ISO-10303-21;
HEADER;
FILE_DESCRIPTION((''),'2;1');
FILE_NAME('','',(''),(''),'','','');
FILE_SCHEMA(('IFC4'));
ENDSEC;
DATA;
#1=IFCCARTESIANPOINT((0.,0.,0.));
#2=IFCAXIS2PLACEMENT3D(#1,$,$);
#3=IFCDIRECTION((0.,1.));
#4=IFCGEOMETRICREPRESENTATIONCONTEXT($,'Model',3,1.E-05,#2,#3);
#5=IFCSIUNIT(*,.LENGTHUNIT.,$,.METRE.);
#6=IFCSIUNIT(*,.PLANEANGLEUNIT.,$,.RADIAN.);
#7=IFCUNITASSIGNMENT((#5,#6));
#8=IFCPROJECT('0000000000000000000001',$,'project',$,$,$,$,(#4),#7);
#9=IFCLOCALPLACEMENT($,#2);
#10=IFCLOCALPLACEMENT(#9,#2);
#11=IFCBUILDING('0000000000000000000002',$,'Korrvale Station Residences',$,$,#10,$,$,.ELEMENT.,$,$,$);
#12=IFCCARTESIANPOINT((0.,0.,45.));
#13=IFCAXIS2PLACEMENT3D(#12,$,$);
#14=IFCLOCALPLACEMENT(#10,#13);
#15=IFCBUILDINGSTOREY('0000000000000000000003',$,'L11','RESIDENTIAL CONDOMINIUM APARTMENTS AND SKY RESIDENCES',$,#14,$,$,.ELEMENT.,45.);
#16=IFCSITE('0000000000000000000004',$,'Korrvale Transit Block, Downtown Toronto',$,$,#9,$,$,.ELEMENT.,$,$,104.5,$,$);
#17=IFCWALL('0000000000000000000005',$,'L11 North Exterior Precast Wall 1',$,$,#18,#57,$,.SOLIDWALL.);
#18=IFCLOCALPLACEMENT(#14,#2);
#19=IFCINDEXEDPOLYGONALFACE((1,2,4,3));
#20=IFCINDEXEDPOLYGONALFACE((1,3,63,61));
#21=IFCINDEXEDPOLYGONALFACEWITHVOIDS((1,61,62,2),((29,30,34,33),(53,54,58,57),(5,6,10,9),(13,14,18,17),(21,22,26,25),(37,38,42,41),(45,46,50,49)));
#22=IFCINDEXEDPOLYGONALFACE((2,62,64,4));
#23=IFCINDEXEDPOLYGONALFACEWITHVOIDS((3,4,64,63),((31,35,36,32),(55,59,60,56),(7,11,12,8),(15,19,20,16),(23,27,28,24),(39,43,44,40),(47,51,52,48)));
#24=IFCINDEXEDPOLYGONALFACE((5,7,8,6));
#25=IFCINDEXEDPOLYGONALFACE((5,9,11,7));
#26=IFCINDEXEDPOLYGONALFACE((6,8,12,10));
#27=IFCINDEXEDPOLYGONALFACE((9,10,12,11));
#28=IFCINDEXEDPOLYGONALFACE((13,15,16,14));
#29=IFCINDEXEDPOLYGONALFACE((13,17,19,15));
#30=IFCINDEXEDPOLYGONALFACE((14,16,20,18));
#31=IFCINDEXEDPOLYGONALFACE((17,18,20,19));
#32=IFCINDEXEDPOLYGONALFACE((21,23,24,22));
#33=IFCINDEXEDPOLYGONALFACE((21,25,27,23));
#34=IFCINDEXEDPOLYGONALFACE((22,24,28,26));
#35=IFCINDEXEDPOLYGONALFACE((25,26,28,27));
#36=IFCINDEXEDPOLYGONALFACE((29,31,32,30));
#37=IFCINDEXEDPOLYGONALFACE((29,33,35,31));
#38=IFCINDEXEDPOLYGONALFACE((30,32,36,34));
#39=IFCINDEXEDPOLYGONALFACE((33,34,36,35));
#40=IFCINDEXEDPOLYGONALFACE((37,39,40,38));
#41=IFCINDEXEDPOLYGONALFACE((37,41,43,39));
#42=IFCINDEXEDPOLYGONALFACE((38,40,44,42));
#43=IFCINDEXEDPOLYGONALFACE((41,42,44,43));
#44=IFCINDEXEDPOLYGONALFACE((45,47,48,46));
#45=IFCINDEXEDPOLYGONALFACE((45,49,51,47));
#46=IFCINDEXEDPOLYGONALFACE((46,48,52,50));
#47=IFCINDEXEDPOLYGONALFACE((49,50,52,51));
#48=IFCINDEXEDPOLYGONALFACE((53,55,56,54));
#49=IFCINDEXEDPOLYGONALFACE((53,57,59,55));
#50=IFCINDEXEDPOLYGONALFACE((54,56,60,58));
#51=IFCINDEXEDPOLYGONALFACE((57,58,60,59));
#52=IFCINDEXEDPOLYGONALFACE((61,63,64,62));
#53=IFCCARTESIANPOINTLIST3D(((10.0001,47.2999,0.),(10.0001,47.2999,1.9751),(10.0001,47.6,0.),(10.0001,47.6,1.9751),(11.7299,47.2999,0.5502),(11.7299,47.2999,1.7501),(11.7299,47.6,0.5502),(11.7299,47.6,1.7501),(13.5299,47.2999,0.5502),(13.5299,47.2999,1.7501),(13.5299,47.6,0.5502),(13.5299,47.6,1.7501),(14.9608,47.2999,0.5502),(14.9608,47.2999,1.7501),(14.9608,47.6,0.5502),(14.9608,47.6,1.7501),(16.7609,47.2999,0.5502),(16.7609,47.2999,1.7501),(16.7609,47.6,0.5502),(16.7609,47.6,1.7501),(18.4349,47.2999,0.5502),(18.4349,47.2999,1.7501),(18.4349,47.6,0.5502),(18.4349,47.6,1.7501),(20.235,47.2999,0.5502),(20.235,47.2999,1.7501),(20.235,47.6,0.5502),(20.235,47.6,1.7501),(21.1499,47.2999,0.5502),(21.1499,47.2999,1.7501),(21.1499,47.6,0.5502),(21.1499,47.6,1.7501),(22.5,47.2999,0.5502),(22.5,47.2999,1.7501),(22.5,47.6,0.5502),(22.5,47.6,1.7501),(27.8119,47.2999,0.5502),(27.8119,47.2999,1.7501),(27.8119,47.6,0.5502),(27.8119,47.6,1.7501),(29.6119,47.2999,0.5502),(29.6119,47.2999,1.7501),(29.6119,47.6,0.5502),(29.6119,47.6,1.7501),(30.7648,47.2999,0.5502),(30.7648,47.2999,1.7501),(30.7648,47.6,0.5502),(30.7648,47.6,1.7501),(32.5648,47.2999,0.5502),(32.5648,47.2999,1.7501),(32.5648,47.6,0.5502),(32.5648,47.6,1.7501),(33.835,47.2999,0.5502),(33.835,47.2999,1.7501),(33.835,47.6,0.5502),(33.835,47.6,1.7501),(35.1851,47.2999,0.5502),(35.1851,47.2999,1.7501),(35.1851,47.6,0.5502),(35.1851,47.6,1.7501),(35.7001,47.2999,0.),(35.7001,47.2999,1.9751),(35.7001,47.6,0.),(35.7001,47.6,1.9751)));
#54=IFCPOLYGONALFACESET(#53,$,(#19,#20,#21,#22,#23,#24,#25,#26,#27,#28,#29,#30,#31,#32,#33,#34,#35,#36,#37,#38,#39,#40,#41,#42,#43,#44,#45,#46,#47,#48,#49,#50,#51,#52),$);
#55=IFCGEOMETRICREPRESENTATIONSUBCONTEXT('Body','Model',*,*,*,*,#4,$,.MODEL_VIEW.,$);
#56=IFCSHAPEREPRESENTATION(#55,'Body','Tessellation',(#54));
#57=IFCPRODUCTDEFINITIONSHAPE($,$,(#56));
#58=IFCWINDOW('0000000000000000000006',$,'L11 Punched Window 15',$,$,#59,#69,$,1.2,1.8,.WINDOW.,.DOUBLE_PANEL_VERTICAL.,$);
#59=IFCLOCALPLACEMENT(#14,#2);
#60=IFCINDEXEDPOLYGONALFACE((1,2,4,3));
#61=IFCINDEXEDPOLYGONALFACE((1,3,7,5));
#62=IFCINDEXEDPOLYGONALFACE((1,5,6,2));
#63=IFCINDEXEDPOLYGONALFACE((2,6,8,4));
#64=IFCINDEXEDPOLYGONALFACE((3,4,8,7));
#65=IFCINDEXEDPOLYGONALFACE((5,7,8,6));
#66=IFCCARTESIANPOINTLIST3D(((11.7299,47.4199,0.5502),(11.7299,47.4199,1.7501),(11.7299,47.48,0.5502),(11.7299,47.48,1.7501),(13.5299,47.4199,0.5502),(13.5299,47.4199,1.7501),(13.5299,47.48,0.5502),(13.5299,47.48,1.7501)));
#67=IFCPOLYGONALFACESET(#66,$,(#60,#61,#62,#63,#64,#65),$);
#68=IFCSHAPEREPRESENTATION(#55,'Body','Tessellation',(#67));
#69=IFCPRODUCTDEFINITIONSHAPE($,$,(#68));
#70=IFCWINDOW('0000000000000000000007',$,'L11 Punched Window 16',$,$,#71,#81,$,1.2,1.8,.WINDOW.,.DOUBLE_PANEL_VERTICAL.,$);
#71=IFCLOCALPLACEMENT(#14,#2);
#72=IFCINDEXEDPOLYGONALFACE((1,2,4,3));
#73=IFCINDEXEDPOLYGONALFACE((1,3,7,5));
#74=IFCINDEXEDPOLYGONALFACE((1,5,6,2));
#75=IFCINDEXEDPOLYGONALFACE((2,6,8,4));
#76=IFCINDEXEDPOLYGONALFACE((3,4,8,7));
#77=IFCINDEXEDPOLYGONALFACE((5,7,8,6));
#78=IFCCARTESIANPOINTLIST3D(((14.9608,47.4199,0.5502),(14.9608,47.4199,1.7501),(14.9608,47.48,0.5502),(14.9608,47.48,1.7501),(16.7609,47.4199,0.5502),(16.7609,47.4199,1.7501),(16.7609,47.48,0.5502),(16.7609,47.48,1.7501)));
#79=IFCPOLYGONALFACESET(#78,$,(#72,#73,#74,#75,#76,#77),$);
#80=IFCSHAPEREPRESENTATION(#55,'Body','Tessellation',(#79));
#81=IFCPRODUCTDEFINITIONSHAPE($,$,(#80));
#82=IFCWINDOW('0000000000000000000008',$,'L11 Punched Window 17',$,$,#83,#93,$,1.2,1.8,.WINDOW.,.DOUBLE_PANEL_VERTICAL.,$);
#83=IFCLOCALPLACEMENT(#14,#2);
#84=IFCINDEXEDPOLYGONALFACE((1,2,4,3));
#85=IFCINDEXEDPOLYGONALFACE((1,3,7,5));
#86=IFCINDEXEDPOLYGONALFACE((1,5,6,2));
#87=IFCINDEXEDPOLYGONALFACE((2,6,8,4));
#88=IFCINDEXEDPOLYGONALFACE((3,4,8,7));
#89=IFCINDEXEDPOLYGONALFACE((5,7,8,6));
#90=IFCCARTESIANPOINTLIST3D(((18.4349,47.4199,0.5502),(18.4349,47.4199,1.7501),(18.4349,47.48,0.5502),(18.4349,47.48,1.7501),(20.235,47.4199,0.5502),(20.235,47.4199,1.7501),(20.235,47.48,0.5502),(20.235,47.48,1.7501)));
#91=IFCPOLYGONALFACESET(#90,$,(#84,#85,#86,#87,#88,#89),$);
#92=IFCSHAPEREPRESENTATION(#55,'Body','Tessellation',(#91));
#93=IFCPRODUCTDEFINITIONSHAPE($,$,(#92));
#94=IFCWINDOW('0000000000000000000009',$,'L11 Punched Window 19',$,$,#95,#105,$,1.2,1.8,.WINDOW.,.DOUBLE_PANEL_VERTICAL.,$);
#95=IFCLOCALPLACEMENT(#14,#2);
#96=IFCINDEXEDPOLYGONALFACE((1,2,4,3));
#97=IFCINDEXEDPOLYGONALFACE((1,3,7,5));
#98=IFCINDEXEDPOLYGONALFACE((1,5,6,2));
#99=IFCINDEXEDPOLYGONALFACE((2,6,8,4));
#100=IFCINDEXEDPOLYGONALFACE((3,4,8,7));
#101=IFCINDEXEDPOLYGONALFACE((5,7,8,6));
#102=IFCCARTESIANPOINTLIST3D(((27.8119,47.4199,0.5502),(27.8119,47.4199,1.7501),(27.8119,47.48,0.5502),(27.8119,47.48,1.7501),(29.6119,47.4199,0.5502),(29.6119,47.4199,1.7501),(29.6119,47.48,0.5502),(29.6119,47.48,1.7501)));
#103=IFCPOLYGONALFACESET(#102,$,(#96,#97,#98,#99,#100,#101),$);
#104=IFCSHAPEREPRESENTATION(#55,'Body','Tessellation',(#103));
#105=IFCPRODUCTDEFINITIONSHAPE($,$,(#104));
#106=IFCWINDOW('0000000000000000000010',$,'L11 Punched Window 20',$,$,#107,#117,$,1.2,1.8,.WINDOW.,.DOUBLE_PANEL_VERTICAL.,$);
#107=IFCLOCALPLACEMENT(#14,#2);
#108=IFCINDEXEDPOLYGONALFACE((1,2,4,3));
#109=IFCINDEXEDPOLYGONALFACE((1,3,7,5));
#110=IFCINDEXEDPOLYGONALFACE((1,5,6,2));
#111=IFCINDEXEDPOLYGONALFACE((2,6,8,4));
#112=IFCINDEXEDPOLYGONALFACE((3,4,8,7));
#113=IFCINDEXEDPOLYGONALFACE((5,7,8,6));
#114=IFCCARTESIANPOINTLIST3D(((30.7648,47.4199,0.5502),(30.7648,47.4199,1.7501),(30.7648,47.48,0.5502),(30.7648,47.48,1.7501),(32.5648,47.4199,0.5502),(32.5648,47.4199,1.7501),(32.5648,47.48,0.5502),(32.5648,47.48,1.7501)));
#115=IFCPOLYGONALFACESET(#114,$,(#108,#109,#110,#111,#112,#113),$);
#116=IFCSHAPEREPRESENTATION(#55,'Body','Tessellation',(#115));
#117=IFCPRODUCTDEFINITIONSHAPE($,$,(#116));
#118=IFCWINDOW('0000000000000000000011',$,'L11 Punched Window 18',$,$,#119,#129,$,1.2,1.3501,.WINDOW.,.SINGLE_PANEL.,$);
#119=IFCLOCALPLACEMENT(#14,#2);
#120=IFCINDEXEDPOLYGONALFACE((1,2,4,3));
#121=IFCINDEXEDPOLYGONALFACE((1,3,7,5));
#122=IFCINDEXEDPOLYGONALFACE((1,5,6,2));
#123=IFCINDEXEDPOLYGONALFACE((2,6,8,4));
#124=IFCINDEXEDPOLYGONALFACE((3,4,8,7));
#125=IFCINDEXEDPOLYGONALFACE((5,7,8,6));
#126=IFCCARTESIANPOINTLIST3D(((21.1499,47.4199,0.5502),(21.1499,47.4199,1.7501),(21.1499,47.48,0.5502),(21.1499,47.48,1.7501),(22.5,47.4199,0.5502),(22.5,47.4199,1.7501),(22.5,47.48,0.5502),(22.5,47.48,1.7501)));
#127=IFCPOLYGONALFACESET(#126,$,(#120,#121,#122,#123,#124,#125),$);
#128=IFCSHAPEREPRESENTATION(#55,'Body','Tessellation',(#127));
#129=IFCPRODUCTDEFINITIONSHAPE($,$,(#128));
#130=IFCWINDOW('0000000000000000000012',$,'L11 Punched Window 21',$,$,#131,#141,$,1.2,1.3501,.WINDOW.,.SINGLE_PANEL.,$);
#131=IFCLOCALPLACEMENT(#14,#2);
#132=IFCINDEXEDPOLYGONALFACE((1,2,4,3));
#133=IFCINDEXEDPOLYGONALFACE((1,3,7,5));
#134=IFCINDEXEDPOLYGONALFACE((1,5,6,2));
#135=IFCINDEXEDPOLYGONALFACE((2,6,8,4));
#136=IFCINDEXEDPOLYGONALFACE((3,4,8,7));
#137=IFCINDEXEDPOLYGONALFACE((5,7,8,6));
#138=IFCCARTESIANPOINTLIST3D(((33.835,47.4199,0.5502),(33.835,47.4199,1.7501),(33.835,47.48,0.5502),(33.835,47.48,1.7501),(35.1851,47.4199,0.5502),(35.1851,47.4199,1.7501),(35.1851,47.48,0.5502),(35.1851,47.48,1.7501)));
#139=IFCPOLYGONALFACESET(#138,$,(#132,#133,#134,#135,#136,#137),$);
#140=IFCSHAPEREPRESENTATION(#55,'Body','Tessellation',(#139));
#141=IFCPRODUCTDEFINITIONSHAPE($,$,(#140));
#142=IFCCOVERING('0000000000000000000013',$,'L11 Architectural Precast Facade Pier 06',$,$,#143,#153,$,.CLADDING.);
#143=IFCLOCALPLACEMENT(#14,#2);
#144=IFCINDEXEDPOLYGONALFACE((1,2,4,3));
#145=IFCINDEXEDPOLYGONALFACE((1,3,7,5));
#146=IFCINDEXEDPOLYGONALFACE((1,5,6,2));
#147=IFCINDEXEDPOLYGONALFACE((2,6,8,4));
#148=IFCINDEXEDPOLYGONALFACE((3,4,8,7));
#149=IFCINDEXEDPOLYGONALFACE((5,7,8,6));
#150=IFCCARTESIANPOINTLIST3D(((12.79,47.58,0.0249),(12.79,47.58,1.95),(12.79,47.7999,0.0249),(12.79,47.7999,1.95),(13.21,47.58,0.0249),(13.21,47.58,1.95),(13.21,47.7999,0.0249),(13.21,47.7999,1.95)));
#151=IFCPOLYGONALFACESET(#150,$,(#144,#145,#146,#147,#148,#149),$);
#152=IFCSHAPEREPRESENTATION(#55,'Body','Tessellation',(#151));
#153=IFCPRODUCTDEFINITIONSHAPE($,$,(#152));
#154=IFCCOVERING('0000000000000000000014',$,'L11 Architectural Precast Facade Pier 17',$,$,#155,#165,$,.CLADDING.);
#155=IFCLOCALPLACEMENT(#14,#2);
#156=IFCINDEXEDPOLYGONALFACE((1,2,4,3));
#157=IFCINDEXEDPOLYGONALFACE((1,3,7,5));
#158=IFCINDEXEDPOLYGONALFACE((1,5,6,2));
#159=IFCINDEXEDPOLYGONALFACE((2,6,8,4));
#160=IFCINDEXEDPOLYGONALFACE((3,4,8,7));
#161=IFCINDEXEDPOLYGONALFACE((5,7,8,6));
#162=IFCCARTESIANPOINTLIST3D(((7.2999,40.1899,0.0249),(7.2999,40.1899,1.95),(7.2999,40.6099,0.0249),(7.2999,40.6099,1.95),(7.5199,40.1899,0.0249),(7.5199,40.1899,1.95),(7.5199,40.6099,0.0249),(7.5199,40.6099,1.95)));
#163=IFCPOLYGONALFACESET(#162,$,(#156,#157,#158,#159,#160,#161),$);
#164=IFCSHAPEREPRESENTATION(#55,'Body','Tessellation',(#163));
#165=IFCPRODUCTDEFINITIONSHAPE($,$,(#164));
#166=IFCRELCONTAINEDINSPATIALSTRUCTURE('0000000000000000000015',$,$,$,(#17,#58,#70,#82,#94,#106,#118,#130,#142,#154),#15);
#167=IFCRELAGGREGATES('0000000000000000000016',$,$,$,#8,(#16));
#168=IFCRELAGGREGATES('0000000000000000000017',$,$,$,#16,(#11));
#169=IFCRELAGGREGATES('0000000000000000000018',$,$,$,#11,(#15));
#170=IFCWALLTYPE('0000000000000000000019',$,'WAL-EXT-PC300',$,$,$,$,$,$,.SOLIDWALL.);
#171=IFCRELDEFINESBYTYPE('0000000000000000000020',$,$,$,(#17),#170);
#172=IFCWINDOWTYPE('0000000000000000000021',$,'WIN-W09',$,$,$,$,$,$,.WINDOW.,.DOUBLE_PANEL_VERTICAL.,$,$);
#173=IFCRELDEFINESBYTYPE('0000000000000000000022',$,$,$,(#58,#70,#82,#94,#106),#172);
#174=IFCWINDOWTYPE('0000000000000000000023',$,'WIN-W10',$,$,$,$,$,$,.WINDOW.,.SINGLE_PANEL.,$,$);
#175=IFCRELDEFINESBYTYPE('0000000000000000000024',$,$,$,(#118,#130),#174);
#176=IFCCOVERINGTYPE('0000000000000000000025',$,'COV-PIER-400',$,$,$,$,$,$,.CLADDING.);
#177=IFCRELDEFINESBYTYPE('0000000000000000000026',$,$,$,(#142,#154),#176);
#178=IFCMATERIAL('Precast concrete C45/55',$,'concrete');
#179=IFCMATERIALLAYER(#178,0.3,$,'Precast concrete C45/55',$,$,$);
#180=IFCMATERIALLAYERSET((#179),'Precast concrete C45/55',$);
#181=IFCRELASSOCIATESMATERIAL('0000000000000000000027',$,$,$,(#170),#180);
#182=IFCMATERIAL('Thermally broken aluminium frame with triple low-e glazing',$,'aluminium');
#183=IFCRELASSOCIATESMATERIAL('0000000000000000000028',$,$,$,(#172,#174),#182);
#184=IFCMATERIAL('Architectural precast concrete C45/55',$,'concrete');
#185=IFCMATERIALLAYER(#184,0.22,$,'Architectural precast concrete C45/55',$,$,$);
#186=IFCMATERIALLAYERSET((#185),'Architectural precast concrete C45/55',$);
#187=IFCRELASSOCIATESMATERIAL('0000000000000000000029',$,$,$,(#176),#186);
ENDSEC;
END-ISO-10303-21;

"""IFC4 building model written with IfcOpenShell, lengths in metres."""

from ifc_helpers import new_model, si_unit, direction, frame, frame_2d, origin, origin_2d, place, context, subcontext, project, spatial, rectangle, extrude, material, layer, layer_set, type_object, element, fill, save


model = new_model("IFC4")

# Units and contexts
model_context = context("Model", 3, precision=1e-05, world=origin(), true_north=direction((0.0, 1.0)))
body_context = subcontext(model_context, "Body", "Model", "MODEL_VIEW")
ifc_project = project(units=[si_unit("LENGTHUNIT", "METRE"), si_unit("PLANEANGLEUNIT", "RADIAN")], contexts=[model_context])

# Site, building, storey
site_placement = place(None, origin())
site = spatial("IfcSite", under=ifc_project, at=site_placement, Name="Korrvale Transit Block, Downtown Toronto", CompositionType="ELEMENT", RefElevation=104.5)
building_placement = place(site_placement, origin())
building = spatial("IfcBuilding", under=site, at=building_placement, Name="Korrvale Station Residences", CompositionType="ELEMENT")
storey_placement = place(building_placement, frame((0.0, 0.0, 45.0)))
storey = spatial("IfcBuildingStorey", under=building, at=storey_placement, Name="L11", Description="RESIDENTIAL CONDOMINIUM APARTMENTS AND SKY RESIDENCES", CompositionType="ELEMENT", Elevation=45.0)

# Shared definitions
ifc_material_1 = material(Name="Precast concrete C45/55", Category="concrete")

# Wall, openings, windows
ifc_layer_1 = layer(ifc_material_1, 0.3, Name="Precast concrete C45/55")
ifc_layer_set_1 = layer_set([ifc_layer_1], Name="Precast concrete C45/55")
wall_type_1 = type_object("IfcWallType", Name="WAL-EXT-PC300", PredefinedType="SOLIDWALL", material=ifc_layer_set_1)
wall_1_placement = place(storey_placement, frame((10.0, 47.45, 0.0), z_axis=(0.0, 0.0, 1.0), x_axis=(1.0, 0.0, 0.0)))
wall_1 = element("IfcWall", 1, at=wall_1_placement, inside=storey, type_object=wall_type_1, Name="L11 North Exterior Precast Wall 1", PredefinedType="SOLIDWALL", context=body_context, shape_type="SweptSolid", body=[
    extrude(rectangle(XDim=25.7, YDim=0.3, at=frame_2d((12.8501, 0.0))), origin(), (0.0, 0.0, 1.0), 1.9751),
])
opening_1_placement = place(wall_1_placement, frame((1.73, 0.0, 0.55)))
opening_1 = element("IfcOpeningElement", 2, at=opening_1_placement, cuts=wall_1, PredefinedType="OPENING", context=body_context, shape_type="SweptSolid", body=[
    extrude(rectangle(XDim=1.8, YDim=1.2, at=frame_2d((0.8999, 0.6001))), frame((0.0, 0.1602, 0.0), z_axis=(0.0, -1.0, 0.0), x_axis=(1.0, 0.0, 0.0)), (0.0, 0.0, 1.0), 0.3201),
])
opening_2_placement = place(wall_1_placement, frame((4.9609, 0.0, 0.55)))
opening_2 = element("IfcOpeningElement", 3, at=opening_2_placement, cuts=wall_1, PredefinedType="OPENING", context=body_context, shape_type="SweptSolid", body=[
    extrude(rectangle(XDim=1.8, YDim=1.2, at=frame_2d((0.8999, 0.6001))), frame((0.0, 0.1602, 0.0), z_axis=(0.0, -1.0, 0.0), x_axis=(1.0, 0.0, 0.0)), (0.0, 0.0, 1.0), 0.3201),
])
opening_3_placement = place(wall_1_placement, frame((8.4351, 0.0, 0.55)))
opening_3 = element("IfcOpeningElement", 4, at=opening_3_placement, cuts=wall_1, PredefinedType="OPENING", context=body_context, shape_type="SweptSolid", body=[
    extrude(rectangle(XDim=1.8, YDim=1.2, at=frame_2d((0.8999, 0.6001))), frame((0.0, 0.1602, 0.0), z_axis=(0.0, -1.0, 0.0), x_axis=(1.0, 0.0, 0.0)), (0.0, 0.0, 1.0), 0.3201),
])
opening_4_placement = place(wall_1_placement, frame((11.1499, 0.0, 0.55)))
opening_4 = element("IfcOpeningElement", 5, at=opening_4_placement, cuts=wall_1, PredefinedType="OPENING", context=body_context, shape_type="SweptSolid", body=[
    extrude(rectangle(XDim=1.3501, YDim=1.2, at=frame_2d((0.675, 0.6001))), frame((0.0, 0.1602, 0.0), z_axis=(0.0, -1.0, 0.0), x_axis=(1.0, 0.0, 0.0)), (0.0, 0.0, 1.0), 0.3201),
])
opening_5_placement = place(wall_1_placement, frame((17.812, 0.0, 0.55)))
opening_5 = element("IfcOpeningElement", 6, at=opening_5_placement, cuts=wall_1, PredefinedType="OPENING", context=body_context, shape_type="SweptSolid", body=[
    extrude(rectangle(XDim=1.8, YDim=1.2, at=frame_2d((0.8999, 0.6001))), frame((0.0, 0.1602, 0.0), z_axis=(0.0, -1.0, 0.0), x_axis=(1.0, 0.0, 0.0)), (0.0, 0.0, 1.0), 0.3201),
])
opening_6_placement = place(wall_1_placement, frame((20.7649, 0.0, 0.55)))
opening_6 = element("IfcOpeningElement", 7, at=opening_6_placement, cuts=wall_1, PredefinedType="OPENING", context=body_context, shape_type="SweptSolid", body=[
    extrude(rectangle(XDim=1.8, YDim=1.2, at=frame_2d((0.8999, 0.6001))), frame((0.0, 0.1602, 0.0), z_axis=(0.0, -1.0, 0.0), x_axis=(1.0, 0.0, 0.0)), (0.0, 0.0, 1.0), 0.3201),
])
opening_7_placement = place(wall_1_placement, frame((23.835, 0.0, 0.55)))
opening_7 = element("IfcOpeningElement", 8, at=opening_7_placement, cuts=wall_1, PredefinedType="OPENING", context=body_context, shape_type="SweptSolid", body=[
    extrude(rectangle(XDim=1.3501, YDim=1.2, at=frame_2d((0.675, 0.6001))), frame((0.0, 0.1602, 0.0), z_axis=(0.0, -1.0, 0.0), x_axis=(1.0, 0.0, 0.0)), (0.0, 0.0, 1.0), 0.3201),
])
ifc_material_2 = material(Name="Thermally broken aluminium frame with triple low-e glazing", Category="aluminium")
window_type_1 = type_object("IfcWindowType", Name="WIN-W09", PartitioningType="DOUBLE_PANEL_VERTICAL", PredefinedType="WINDOW", material=ifc_material_2)
window_1_placement = place(opening_1_placement, origin())
window_1 = element("IfcWindow", 9, at=window_1_placement, inside=storey, type_object=window_type_1, Name="L11 Punched Window 15", OverallHeight=1.2, OverallWidth=1.8, PartitioningType="DOUBLE_PANEL_VERTICAL", PredefinedType="WINDOW", context=body_context, shape_type="SweptSolid", body=[
    extrude(rectangle(XDim=1.8, YDim=1.2, at=frame_2d((0.8999, 0.6001))), frame((0.0, 0.03, 0.0), z_axis=(0.0, -1.0, 0.0), x_axis=(1.0, 0.0, 0.0)), (0.0, 0.0, 1.0), 0.0601),
])
fill(opening_1, window_1)
window_2_placement = place(opening_2_placement, origin())
window_2 = element("IfcWindow", 10, at=window_2_placement, inside=storey, type_object=window_type_1, Name="L11 Punched Window 16", OverallHeight=1.2, OverallWidth=1.8, PartitioningType="DOUBLE_PANEL_VERTICAL", PredefinedType="WINDOW", context=body_context, shape_type="SweptSolid", body=[
    extrude(rectangle(XDim=1.8, YDim=1.2, at=frame_2d((0.8999, 0.6001))), frame((0.0, 0.03, 0.0), z_axis=(0.0, -1.0, 0.0), x_axis=(1.0, 0.0, 0.0)), (0.0, 0.0, 1.0), 0.0601),
])
fill(opening_2, window_2)
window_3_placement = place(opening_3_placement, origin())
window_3 = element("IfcWindow", 11, at=window_3_placement, inside=storey, type_object=window_type_1, Name="L11 Punched Window 17", OverallHeight=1.2, OverallWidth=1.8, PartitioningType="DOUBLE_PANEL_VERTICAL", PredefinedType="WINDOW", context=body_context, shape_type="SweptSolid", body=[
    extrude(rectangle(XDim=1.8, YDim=1.2, at=frame_2d((0.8999, 0.6001))), frame((0.0, 0.03, 0.0), z_axis=(0.0, -1.0, 0.0), x_axis=(1.0, 0.0, 0.0)), (0.0, 0.0, 1.0), 0.0601),
])
fill(opening_3, window_3)
window_4_placement = place(opening_5_placement, origin())
window_4 = element("IfcWindow", 12, at=window_4_placement, inside=storey, type_object=window_type_1, Name="L11 Punched Window 19", OverallHeight=1.2, OverallWidth=1.8, PartitioningType="DOUBLE_PANEL_VERTICAL", PredefinedType="WINDOW", context=body_context, shape_type="SweptSolid", body=[
    extrude(rectangle(XDim=1.8, YDim=1.2, at=frame_2d((0.8999, 0.6001))), frame((0.0, 0.03, 0.0), z_axis=(0.0, -1.0, 0.0), x_axis=(1.0, 0.0, 0.0)), (0.0, 0.0, 1.0), 0.0601),
])
fill(opening_5, window_4)
window_5_placement = place(opening_6_placement, origin())
window_5 = element("IfcWindow", 13, at=window_5_placement, inside=storey, type_object=window_type_1, Name="L11 Punched Window 20", OverallHeight=1.2, OverallWidth=1.8, PartitioningType="DOUBLE_PANEL_VERTICAL", PredefinedType="WINDOW", context=body_context, shape_type="SweptSolid", body=[
    extrude(rectangle(XDim=1.8, YDim=1.2, at=frame_2d((0.8999, 0.6001))), frame((0.0, 0.03, 0.0), z_axis=(0.0, -1.0, 0.0), x_axis=(1.0, 0.0, 0.0)), (0.0, 0.0, 1.0), 0.0601),
])
fill(opening_6, window_5)
window_type_2 = type_object("IfcWindowType", Name="WIN-W10", PartitioningType="SINGLE_PANEL", PredefinedType="WINDOW", material=ifc_material_2)
window_6_placement = place(opening_4_placement, origin())
window_6 = element("IfcWindow", 14, at=window_6_placement, inside=storey, type_object=window_type_2, Name="L11 Punched Window 18", OverallHeight=1.2, OverallWidth=1.3501, PartitioningType="SINGLE_PANEL", PredefinedType="WINDOW", context=body_context, shape_type="SweptSolid", body=[
    extrude(rectangle(XDim=1.3501, YDim=1.2, at=frame_2d((0.675, 0.6001))), frame((0.0, 0.03, 0.0), z_axis=(0.0, -1.0, 0.0), x_axis=(1.0, 0.0, 0.0)), (0.0, 0.0, 1.0), 0.0601),
])
fill(opening_4, window_6)
window_7_placement = place(opening_7_placement, origin())
window_7 = element("IfcWindow", 15, at=window_7_placement, inside=storey, type_object=window_type_2, Name="L11 Punched Window 21", OverallHeight=1.2, OverallWidth=1.3501, PartitioningType="SINGLE_PANEL", PredefinedType="WINDOW", context=body_context, shape_type="SweptSolid", body=[
    extrude(rectangle(XDim=1.3501, YDim=1.2, at=frame_2d((0.675, 0.6001))), frame((0.0, 0.03, 0.0), z_axis=(0.0, -1.0, 0.0), x_axis=(1.0, 0.0, 0.0)), (0.0, 0.0, 1.0), 0.0601),
])
fill(opening_7, window_7)

# Coverings
ifc_material_3 = material(Name="Architectural precast concrete C45/55", Category="concrete")
ifc_layer_2 = layer(ifc_material_3, 0.22, Name="Architectural precast concrete C45/55")
ifc_layer_set_2 = layer_set([ifc_layer_2], Name="Architectural precast concrete C45/55")
covering_type = type_object("IfcCoveringType", Name="COV-PIER-400", PredefinedType="CLADDING", material=ifc_layer_set_2)
for number, where, z_axis, x_axis, name in (
    (16, (13.0, 47.6899, 0.0249), (0.0, 0.0, 1.0), (1.0, 0.0, 0.0), "L11 Architectural Precast Facade Pier 06"),
    (17, (7.4099, 40.3999, 0.0249), (0.0, 0.0, 1.0), (0.0, 1.0, 0.0), "L11 Architectural Precast Facade Pier 17"),
):
    element("IfcCovering", number, at=place(storey_placement, frame(where, z_axis=z_axis, x_axis=x_axis)), inside=storey, type_object=covering_type, Name=name, PredefinedType="CLADDING", context=body_context, shape_type="SweptSolid", body=[
        extrude(rectangle(XDim=0.4199, YDim=0.22, at=origin_2d()), origin(), (0.0, 0.0, 1.0), 1.925),
    ])

save(model, "model.ifc")
